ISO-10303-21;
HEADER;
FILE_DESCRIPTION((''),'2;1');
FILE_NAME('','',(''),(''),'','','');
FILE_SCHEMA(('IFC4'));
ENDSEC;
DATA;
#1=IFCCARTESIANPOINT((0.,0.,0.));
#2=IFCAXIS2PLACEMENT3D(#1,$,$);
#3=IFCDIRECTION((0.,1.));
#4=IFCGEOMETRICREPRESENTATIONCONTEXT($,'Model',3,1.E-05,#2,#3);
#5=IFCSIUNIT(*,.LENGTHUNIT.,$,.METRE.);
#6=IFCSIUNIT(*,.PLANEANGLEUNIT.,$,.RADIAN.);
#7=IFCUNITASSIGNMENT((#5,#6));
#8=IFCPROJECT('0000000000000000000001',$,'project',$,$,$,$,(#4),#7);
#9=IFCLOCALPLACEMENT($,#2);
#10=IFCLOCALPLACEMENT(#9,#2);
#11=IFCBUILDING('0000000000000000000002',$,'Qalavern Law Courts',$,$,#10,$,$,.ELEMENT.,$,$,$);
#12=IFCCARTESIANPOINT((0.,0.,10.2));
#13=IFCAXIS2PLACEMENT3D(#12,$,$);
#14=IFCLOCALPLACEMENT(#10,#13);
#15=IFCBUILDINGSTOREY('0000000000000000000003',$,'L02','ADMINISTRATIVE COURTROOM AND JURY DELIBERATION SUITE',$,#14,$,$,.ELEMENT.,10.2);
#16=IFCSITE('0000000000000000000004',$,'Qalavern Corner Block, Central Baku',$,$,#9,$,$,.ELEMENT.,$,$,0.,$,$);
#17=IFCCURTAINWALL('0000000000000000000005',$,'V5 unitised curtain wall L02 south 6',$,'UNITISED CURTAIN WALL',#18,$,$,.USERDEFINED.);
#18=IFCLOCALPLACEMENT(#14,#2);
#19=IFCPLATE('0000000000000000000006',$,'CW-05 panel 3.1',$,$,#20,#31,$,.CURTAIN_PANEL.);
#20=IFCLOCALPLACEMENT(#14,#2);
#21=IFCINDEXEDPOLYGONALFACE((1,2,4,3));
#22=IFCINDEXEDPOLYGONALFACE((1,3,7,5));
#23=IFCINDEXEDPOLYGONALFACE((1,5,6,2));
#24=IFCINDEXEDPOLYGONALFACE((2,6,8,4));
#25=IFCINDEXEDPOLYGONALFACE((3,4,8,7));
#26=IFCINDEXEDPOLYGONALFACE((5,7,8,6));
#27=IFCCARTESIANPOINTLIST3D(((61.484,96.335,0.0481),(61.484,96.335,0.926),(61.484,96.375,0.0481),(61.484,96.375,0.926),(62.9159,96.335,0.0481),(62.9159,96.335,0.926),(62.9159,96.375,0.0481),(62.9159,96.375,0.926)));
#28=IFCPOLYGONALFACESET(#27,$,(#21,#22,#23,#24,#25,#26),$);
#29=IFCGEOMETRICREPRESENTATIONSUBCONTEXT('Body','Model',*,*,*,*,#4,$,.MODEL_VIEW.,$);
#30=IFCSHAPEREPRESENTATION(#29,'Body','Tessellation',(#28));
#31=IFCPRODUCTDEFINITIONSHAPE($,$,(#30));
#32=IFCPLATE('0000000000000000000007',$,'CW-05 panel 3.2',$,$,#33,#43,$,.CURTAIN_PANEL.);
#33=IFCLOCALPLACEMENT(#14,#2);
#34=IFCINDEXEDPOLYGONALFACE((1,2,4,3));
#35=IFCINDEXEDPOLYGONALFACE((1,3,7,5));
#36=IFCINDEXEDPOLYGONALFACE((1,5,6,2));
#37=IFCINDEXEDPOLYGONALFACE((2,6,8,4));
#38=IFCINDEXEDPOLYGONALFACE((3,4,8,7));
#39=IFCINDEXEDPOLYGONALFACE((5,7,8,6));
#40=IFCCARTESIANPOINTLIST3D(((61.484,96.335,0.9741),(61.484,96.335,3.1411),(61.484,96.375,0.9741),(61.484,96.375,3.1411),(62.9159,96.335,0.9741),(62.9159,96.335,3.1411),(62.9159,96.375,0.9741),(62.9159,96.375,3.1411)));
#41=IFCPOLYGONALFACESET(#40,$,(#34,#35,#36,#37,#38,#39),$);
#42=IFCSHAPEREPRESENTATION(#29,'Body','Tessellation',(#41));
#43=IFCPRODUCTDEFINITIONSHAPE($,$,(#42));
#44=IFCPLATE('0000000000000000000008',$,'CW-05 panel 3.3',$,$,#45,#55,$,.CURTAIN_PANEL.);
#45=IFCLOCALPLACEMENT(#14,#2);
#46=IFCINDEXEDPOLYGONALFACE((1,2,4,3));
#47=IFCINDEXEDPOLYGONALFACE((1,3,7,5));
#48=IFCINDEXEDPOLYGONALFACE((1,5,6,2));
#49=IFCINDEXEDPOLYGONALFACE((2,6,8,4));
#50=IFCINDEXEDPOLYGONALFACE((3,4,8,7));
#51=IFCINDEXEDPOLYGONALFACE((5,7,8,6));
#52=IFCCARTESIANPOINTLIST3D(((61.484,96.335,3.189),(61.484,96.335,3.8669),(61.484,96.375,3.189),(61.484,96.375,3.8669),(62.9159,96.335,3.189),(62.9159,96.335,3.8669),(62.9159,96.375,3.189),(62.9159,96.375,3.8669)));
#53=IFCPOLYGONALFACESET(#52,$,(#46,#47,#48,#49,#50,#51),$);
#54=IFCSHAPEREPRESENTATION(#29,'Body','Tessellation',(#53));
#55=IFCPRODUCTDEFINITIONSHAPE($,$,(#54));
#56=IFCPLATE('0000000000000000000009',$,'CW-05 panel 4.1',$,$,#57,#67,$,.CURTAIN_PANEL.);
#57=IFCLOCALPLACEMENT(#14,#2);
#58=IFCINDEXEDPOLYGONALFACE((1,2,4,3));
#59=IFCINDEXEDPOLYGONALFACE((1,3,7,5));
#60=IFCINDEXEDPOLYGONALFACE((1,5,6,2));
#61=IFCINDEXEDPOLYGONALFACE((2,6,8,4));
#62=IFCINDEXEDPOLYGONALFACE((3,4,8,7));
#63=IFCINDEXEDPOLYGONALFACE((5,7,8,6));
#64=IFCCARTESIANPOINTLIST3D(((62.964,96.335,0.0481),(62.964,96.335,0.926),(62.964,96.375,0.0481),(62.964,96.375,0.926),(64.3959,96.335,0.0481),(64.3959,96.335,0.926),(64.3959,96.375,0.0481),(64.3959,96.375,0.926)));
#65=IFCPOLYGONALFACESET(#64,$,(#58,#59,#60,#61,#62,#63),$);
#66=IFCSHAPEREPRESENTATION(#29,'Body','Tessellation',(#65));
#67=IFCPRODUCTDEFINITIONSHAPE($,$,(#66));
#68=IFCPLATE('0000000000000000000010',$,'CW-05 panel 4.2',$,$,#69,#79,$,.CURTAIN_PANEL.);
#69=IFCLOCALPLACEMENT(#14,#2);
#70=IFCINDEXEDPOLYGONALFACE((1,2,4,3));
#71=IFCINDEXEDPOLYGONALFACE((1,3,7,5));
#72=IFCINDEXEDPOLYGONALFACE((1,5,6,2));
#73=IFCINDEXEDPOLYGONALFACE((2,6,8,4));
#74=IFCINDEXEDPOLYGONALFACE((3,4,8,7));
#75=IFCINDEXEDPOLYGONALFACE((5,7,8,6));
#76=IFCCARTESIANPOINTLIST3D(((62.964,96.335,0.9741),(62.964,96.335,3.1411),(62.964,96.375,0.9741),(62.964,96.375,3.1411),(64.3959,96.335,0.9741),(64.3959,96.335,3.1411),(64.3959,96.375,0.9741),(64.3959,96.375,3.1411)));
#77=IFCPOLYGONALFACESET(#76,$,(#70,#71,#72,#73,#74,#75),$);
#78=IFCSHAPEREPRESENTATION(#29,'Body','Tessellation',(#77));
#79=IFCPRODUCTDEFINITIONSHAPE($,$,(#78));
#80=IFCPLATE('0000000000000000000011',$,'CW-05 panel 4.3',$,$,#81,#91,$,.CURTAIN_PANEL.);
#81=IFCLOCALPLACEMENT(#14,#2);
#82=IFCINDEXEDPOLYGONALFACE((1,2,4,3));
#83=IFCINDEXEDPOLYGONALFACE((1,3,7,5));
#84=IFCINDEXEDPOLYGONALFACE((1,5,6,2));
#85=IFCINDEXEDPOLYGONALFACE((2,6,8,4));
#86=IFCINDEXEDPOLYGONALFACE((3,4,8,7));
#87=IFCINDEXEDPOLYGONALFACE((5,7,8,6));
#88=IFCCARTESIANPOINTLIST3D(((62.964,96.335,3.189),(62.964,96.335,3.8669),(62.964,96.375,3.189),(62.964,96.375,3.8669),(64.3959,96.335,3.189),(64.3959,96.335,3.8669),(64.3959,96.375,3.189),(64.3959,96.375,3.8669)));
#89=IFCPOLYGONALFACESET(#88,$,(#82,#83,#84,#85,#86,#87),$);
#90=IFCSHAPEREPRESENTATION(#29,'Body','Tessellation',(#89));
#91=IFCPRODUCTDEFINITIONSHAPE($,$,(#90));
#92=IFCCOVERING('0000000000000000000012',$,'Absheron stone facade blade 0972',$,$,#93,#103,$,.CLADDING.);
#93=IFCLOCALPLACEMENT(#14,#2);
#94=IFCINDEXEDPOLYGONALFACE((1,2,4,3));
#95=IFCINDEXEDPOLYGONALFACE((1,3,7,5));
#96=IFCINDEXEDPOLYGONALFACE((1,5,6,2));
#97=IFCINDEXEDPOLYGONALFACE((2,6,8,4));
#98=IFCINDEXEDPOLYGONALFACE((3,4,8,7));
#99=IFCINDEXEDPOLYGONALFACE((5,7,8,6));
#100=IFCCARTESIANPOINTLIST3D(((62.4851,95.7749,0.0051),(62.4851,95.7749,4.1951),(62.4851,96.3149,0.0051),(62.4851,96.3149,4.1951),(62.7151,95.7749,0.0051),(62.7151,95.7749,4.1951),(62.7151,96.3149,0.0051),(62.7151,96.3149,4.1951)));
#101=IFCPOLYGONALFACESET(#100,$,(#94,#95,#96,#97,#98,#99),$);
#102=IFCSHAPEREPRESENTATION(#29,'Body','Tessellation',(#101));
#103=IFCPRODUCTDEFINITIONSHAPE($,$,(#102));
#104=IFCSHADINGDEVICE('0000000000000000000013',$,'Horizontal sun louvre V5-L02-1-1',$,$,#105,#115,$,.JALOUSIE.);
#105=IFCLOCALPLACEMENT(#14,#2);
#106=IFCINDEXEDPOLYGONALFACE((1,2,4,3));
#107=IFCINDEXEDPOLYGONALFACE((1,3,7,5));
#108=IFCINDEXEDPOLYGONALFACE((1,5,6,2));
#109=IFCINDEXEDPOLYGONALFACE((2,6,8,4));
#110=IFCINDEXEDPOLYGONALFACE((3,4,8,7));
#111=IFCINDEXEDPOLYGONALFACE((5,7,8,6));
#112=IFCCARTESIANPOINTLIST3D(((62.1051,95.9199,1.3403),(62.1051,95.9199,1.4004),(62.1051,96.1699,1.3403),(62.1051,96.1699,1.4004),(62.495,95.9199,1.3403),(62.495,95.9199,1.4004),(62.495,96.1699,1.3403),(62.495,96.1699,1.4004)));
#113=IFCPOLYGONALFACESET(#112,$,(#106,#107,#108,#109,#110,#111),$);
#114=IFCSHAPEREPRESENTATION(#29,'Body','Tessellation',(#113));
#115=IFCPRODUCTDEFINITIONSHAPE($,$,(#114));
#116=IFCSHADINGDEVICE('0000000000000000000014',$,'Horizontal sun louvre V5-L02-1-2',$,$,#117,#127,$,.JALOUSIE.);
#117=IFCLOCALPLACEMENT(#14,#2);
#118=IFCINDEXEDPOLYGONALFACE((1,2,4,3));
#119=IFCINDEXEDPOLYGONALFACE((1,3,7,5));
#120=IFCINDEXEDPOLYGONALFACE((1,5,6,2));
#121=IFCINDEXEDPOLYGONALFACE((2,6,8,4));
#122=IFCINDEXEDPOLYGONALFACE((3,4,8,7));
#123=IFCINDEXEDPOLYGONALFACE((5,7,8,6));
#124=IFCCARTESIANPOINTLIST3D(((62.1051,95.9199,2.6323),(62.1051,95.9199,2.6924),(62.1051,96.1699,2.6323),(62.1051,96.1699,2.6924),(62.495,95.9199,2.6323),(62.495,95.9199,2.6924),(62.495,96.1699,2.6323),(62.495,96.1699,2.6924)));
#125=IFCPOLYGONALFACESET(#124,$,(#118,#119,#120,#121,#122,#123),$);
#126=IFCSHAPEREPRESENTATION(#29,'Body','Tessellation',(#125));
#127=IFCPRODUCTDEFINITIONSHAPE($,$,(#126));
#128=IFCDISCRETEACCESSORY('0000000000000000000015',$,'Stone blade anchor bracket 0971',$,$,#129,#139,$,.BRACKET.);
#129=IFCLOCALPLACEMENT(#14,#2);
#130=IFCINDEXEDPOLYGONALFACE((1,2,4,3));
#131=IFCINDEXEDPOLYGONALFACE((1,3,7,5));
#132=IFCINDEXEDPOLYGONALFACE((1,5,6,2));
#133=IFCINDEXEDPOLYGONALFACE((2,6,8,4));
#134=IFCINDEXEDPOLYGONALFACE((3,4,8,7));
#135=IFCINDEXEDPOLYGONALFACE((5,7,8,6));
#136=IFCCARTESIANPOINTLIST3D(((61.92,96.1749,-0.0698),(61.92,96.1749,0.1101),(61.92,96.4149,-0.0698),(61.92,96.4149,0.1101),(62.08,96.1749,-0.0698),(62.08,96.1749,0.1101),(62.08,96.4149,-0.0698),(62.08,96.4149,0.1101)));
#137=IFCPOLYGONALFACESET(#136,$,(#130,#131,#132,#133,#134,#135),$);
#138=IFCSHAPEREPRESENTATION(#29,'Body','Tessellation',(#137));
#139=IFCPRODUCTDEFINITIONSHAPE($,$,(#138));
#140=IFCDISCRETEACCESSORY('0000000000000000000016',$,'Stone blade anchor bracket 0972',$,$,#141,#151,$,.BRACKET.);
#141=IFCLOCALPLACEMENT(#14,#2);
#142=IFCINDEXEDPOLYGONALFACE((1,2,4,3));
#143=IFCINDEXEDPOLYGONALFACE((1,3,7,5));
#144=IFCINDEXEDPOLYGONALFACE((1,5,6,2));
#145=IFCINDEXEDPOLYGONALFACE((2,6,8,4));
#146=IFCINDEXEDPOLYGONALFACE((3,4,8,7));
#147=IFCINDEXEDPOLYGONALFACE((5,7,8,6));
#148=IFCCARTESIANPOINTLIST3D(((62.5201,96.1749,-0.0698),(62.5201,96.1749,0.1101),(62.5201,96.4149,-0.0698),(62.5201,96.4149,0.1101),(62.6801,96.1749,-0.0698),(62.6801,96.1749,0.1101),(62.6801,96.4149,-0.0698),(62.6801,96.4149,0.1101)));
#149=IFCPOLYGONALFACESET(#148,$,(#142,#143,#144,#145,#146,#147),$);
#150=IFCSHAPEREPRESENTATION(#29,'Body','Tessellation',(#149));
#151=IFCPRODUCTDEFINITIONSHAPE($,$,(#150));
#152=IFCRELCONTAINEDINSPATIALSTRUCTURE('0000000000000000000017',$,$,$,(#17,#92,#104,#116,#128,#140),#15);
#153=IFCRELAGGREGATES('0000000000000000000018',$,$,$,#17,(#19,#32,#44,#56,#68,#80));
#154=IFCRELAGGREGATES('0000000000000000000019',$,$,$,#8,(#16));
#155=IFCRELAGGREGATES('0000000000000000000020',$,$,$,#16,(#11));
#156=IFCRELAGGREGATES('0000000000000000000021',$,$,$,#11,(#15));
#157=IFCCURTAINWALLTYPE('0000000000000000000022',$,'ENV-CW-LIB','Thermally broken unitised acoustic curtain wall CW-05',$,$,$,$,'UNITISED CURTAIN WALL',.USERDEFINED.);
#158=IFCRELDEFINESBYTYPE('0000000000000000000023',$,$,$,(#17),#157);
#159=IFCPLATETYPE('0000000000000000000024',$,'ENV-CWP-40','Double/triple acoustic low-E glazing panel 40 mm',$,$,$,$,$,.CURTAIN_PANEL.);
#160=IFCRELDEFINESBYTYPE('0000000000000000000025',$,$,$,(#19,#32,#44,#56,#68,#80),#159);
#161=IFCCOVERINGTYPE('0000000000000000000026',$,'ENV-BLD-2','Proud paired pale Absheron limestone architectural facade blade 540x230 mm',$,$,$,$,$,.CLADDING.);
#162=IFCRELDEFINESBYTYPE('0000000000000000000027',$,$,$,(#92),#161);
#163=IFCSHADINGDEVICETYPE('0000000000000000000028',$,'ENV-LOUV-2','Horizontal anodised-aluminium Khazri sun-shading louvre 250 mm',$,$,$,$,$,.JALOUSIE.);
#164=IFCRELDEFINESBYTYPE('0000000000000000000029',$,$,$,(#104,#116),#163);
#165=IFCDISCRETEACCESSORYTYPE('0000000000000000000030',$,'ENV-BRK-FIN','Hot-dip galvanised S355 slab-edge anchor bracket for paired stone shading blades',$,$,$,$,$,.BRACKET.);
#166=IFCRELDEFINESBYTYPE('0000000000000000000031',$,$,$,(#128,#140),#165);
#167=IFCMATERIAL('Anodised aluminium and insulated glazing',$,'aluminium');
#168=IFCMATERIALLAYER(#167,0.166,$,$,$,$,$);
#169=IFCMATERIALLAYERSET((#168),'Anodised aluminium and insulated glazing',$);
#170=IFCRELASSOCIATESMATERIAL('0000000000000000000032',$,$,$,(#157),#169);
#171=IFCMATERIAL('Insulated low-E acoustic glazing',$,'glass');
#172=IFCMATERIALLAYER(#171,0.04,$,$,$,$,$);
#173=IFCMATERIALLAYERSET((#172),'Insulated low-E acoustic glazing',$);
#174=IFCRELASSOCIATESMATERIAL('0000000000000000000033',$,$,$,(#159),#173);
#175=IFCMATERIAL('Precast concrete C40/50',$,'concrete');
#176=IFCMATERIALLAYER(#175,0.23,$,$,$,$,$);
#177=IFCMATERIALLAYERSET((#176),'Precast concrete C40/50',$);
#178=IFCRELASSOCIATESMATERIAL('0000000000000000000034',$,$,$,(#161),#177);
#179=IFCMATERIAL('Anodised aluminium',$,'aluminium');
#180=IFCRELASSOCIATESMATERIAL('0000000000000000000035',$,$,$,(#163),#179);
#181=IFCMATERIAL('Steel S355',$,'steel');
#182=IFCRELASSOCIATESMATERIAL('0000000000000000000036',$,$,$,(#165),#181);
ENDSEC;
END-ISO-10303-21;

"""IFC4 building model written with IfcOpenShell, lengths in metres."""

from ifc_helpers import new_model, si_unit, direction, frame, origin, origin_2d, place, context, subcontext, project, spatial, rectangle, extrude, material, layer, layer_set, type_object, element, aggregate, save


model = new_model("IFC4")

# Units and contexts
model_context = context("Model", 3, precision=1e-05, world=origin(), true_north=direction((0.0, 1.0)))
body_context = subcontext(model_context, "Body", "Model", "MODEL_VIEW")
ifc_project = project(units=[si_unit("LENGTHUNIT", "METRE"), si_unit("PLANEANGLEUNIT", "RADIAN")], contexts=[model_context])

# Site, building, storey
site_placement = place(None, origin())
site = spatial("IfcSite", under=ifc_project, at=site_placement, Name="Qalavern Corner Block, Central Baku", CompositionType="ELEMENT", RefElevation=0.0)
building_placement = place(site_placement, origin())
building = spatial("IfcBuilding", under=site, at=building_placement, Name="Qalavern Law Courts", CompositionType="ELEMENT")
storey_placement = place(building_placement, frame((0.0, 0.0, 10.2)))
storey = spatial("IfcBuildingStorey", under=building, at=storey_placement, Name="L02", Description="ADMINISTRATIVE COURTROOM AND JURY DELIBERATION SUITE", CompositionType="ELEMENT", Elevation=10.2)

# Curtain wall, plates
ifc_material_1 = material(Name="Anodised aluminium and insulated glazing", Category="aluminium")
ifc_layer_1 = layer(ifc_material_1, 0.166)
ifc_layer_set_1 = layer_set([ifc_layer_1], Name="Anodised aluminium and insulated glazing")
curtain_wall_type = type_object("IfcCurtainWallType", Name="ENV-CW-LIB", Description="Thermally broken unitised acoustic curtain wall CW-05", ElementType="UNITISED CURTAIN WALL", PredefinedType="USERDEFINED", material=ifc_layer_set_1)
curtain_wall_placement = place(storey_placement, origin())
curtain_wall = element("IfcCurtainWall", 1, at=curtain_wall_placement, inside=storey, type_object=curtain_wall_type, Name="V5 unitised curtain wall L02 south 6", ObjectType="UNITISED CURTAIN WALL", PredefinedType="USERDEFINED")
ifc_material_2 = material(Name="Anodised aluminium", Category="aluminium")
ifc_material_3 = material(Name="Insulated low-E acoustic glazing", Category="glass")
ifc_layer_2 = layer(ifc_material_3, 0.04)
ifc_layer_set_2 = layer_set([ifc_layer_2], Name="Insulated low-E acoustic glazing")
plate_type = type_object("IfcPlateType", Name="ENV-CWP-40", Description="Double/triple acoustic low-E glazing panel 40 mm", PredefinedType="CURTAIN_PANEL", material=ifc_layer_set_2)
plate_1_placement = place(storey_placement, frame((62.2, 96.355, 0.0481), z_axis=(0.0, 0.0, 1.0), x_axis=(1.0, 0.0, 0.0)))
plate_1 = element("IfcPlate", 2, at=plate_1_placement, type_object=plate_type, Name="CW-05 panel 3.1", PredefinedType="CURTAIN_PANEL", context=body_context, shape_type="SweptSolid", body=[
    extrude(rectangle(XDim=1.4319, YDim=0.04, at=origin_2d()), origin(), (0.0, 0.0, 1.0), 0.8779),
])
plate_2_placement = place(storey_placement, frame((62.2, 96.355, 0.9741), z_axis=(0.0, 0.0, 1.0), x_axis=(1.0, 0.0, 0.0)))
plate_2 = element("IfcPlate", 3, at=plate_2_placement, type_object=plate_type, Name="CW-05 panel 3.2", PredefinedType="CURTAIN_PANEL", context=body_context, shape_type="SweptSolid", body=[
    extrude(rectangle(XDim=1.4319, YDim=0.04, at=origin_2d()), origin(), (0.0, 0.0, 1.0), 2.167),
])
plate_3_placement = place(storey_placement, frame((62.2, 96.355, 3.189), z_axis=(0.0, 0.0, 1.0), x_axis=(1.0, 0.0, 0.0)))
plate_3 = element("IfcPlate", 4, at=plate_3_placement, type_object=plate_type, Name="CW-05 panel 3.3", PredefinedType="CURTAIN_PANEL", context=body_context, shape_type="SweptSolid", body=[
    extrude(rectangle(XDim=1.4319, YDim=0.04, at=origin_2d()), origin(), (0.0, 0.0, 1.0), 0.678),
])
plate_4_placement = place(storey_placement, frame((63.6799, 96.355, 0.0481), z_axis=(0.0, 0.0, 1.0), x_axis=(1.0, 0.0, 0.0)))
plate_4 = element("IfcPlate", 5, at=plate_4_placement, type_object=plate_type, Name="CW-05 panel 4.1", PredefinedType="CURTAIN_PANEL", context=body_context, shape_type="SweptSolid", body=[
    extrude(rectangle(XDim=1.4319, YDim=0.04, at=origin_2d()), origin(), (0.0, 0.0, 1.0), 0.8779),
])
plate_5_placement = place(storey_placement, frame((63.6799, 96.355, 0.9741), z_axis=(0.0, 0.0, 1.0), x_axis=(1.0, 0.0, 0.0)))
plate_5 = element("IfcPlate", 6, at=plate_5_placement, type_object=plate_type, Name="CW-05 panel 4.2", PredefinedType="CURTAIN_PANEL", context=body_context, shape_type="SweptSolid", body=[
    extrude(rectangle(XDim=1.4319, YDim=0.04, at=origin_2d()), origin(), (0.0, 0.0, 1.0), 2.167),
])
plate_6_placement = place(storey_placement, frame((63.6799, 96.355, 3.189), z_axis=(0.0, 0.0, 1.0), x_axis=(1.0, 0.0, 0.0)))
plate_6 = element("IfcPlate", 7, at=plate_6_placement, type_object=plate_type, Name="CW-05 panel 4.3", PredefinedType="CURTAIN_PANEL", context=body_context, shape_type="SweptSolid", body=[
    extrude(rectangle(XDim=1.4319, YDim=0.04, at=origin_2d()), origin(), (0.0, 0.0, 1.0), 0.678),
])
aggregate(curtain_wall, [plate_1, plate_2, plate_3, plate_4, plate_5, plate_6])

# Covering
ifc_material_4 = material(Name="Precast concrete C40/50", Category="concrete")
ifc_layer_3 = layer(ifc_material_4, 0.23)
ifc_layer_set_3 = layer_set([ifc_layer_3], Name="Precast concrete C40/50")
covering_type = type_object("IfcCoveringType", Name="ENV-BLD-2", Description="Proud paired pale Absheron limestone architectural facade blade 540x230 mm", PredefinedType="CLADDING", material=ifc_layer_set_3)
covering_placement = place(storey_placement, frame((62.6001, 96.0449, 0.0051), z_axis=(0.0, 0.0, 1.0), x_axis=(0.0, -1.0, 0.0)))
element("IfcCovering", 8, at=covering_placement, inside=storey, type_object=covering_type, Name="Absheron stone facade blade 0972", PredefinedType="CLADDING", context=body_context, shape_type="SweptSolid", body=[
    extrude(rectangle(XDim=0.54, YDim=0.23, at=origin_2d()), origin(), (0.0, 0.0, 1.0), 4.1899),
])

# Shading devices
shading_device_type = type_object("IfcShadingDeviceType", Name="ENV-LOUV-2", Description="Horizontal anodised-aluminium Khazri sun-shading louvre 250 mm", PredefinedType="JALOUSIE", material=ifc_material_2)
for number, where, z_axis, x_axis, name in (
    (9, (62.3, 96.0449, 1.3403), (0.0, 0.0, 1.0), (1.0, 0.0, 0.0), "Horizontal sun louvre V5-L02-1-1"),
    (10, (62.3, 96.0449, 2.6323), (0.0, 0.0, 1.0), (1.0, 0.0, 0.0), "Horizontal sun louvre V5-L02-1-2"),
):
    element("IfcShadingDevice", number, at=place(storey_placement, frame(where, z_axis=z_axis, x_axis=x_axis)), inside=storey, type_object=shading_device_type, Name=name, PredefinedType="JALOUSIE", context=body_context, shape_type="SweptSolid", body=[
        extrude(rectangle(XDim=0.3899, YDim=0.25, at=origin_2d()), origin(), (0.0, 0.0, 1.0), 0.0601),
    ])

# Discrete accessories
ifc_material_5 = material(Name="Steel S355", Category="steel")
discrete_accessory_type = type_object("IfcDiscreteAccessoryType", Name="ENV-BRK-FIN", Description="Hot-dip galvanised S355 slab-edge anchor bracket for paired stone shading blades", PredefinedType="BRACKET", material=ifc_material_5)
for number, where, z_axis, x_axis, name in (
    (11, (62.0, 96.2949, -0.0698), (0.0, 0.0, 1.0), (0.0, -1.0, 0.0), "Stone blade anchor bracket 0971"),
    (12, (62.6001, 96.2949, -0.0698), (0.0, 0.0, 1.0), (0.0, -1.0, 0.0), "Stone blade anchor bracket 0972"),
):
    element("IfcDiscreteAccessory", number, at=place(storey_placement, frame(where, z_axis=z_axis, x_axis=x_axis)), inside=storey, type_object=discrete_accessory_type, Name=name, PredefinedType="BRACKET", context=body_context, shape_type="SweptSolid", body=[
        extrude(rectangle(XDim=0.24, YDim=0.1599, at=origin_2d()), origin(), (0.0, 0.0, 1.0), 0.1799),
    ])

save(model, "model.ifc")
